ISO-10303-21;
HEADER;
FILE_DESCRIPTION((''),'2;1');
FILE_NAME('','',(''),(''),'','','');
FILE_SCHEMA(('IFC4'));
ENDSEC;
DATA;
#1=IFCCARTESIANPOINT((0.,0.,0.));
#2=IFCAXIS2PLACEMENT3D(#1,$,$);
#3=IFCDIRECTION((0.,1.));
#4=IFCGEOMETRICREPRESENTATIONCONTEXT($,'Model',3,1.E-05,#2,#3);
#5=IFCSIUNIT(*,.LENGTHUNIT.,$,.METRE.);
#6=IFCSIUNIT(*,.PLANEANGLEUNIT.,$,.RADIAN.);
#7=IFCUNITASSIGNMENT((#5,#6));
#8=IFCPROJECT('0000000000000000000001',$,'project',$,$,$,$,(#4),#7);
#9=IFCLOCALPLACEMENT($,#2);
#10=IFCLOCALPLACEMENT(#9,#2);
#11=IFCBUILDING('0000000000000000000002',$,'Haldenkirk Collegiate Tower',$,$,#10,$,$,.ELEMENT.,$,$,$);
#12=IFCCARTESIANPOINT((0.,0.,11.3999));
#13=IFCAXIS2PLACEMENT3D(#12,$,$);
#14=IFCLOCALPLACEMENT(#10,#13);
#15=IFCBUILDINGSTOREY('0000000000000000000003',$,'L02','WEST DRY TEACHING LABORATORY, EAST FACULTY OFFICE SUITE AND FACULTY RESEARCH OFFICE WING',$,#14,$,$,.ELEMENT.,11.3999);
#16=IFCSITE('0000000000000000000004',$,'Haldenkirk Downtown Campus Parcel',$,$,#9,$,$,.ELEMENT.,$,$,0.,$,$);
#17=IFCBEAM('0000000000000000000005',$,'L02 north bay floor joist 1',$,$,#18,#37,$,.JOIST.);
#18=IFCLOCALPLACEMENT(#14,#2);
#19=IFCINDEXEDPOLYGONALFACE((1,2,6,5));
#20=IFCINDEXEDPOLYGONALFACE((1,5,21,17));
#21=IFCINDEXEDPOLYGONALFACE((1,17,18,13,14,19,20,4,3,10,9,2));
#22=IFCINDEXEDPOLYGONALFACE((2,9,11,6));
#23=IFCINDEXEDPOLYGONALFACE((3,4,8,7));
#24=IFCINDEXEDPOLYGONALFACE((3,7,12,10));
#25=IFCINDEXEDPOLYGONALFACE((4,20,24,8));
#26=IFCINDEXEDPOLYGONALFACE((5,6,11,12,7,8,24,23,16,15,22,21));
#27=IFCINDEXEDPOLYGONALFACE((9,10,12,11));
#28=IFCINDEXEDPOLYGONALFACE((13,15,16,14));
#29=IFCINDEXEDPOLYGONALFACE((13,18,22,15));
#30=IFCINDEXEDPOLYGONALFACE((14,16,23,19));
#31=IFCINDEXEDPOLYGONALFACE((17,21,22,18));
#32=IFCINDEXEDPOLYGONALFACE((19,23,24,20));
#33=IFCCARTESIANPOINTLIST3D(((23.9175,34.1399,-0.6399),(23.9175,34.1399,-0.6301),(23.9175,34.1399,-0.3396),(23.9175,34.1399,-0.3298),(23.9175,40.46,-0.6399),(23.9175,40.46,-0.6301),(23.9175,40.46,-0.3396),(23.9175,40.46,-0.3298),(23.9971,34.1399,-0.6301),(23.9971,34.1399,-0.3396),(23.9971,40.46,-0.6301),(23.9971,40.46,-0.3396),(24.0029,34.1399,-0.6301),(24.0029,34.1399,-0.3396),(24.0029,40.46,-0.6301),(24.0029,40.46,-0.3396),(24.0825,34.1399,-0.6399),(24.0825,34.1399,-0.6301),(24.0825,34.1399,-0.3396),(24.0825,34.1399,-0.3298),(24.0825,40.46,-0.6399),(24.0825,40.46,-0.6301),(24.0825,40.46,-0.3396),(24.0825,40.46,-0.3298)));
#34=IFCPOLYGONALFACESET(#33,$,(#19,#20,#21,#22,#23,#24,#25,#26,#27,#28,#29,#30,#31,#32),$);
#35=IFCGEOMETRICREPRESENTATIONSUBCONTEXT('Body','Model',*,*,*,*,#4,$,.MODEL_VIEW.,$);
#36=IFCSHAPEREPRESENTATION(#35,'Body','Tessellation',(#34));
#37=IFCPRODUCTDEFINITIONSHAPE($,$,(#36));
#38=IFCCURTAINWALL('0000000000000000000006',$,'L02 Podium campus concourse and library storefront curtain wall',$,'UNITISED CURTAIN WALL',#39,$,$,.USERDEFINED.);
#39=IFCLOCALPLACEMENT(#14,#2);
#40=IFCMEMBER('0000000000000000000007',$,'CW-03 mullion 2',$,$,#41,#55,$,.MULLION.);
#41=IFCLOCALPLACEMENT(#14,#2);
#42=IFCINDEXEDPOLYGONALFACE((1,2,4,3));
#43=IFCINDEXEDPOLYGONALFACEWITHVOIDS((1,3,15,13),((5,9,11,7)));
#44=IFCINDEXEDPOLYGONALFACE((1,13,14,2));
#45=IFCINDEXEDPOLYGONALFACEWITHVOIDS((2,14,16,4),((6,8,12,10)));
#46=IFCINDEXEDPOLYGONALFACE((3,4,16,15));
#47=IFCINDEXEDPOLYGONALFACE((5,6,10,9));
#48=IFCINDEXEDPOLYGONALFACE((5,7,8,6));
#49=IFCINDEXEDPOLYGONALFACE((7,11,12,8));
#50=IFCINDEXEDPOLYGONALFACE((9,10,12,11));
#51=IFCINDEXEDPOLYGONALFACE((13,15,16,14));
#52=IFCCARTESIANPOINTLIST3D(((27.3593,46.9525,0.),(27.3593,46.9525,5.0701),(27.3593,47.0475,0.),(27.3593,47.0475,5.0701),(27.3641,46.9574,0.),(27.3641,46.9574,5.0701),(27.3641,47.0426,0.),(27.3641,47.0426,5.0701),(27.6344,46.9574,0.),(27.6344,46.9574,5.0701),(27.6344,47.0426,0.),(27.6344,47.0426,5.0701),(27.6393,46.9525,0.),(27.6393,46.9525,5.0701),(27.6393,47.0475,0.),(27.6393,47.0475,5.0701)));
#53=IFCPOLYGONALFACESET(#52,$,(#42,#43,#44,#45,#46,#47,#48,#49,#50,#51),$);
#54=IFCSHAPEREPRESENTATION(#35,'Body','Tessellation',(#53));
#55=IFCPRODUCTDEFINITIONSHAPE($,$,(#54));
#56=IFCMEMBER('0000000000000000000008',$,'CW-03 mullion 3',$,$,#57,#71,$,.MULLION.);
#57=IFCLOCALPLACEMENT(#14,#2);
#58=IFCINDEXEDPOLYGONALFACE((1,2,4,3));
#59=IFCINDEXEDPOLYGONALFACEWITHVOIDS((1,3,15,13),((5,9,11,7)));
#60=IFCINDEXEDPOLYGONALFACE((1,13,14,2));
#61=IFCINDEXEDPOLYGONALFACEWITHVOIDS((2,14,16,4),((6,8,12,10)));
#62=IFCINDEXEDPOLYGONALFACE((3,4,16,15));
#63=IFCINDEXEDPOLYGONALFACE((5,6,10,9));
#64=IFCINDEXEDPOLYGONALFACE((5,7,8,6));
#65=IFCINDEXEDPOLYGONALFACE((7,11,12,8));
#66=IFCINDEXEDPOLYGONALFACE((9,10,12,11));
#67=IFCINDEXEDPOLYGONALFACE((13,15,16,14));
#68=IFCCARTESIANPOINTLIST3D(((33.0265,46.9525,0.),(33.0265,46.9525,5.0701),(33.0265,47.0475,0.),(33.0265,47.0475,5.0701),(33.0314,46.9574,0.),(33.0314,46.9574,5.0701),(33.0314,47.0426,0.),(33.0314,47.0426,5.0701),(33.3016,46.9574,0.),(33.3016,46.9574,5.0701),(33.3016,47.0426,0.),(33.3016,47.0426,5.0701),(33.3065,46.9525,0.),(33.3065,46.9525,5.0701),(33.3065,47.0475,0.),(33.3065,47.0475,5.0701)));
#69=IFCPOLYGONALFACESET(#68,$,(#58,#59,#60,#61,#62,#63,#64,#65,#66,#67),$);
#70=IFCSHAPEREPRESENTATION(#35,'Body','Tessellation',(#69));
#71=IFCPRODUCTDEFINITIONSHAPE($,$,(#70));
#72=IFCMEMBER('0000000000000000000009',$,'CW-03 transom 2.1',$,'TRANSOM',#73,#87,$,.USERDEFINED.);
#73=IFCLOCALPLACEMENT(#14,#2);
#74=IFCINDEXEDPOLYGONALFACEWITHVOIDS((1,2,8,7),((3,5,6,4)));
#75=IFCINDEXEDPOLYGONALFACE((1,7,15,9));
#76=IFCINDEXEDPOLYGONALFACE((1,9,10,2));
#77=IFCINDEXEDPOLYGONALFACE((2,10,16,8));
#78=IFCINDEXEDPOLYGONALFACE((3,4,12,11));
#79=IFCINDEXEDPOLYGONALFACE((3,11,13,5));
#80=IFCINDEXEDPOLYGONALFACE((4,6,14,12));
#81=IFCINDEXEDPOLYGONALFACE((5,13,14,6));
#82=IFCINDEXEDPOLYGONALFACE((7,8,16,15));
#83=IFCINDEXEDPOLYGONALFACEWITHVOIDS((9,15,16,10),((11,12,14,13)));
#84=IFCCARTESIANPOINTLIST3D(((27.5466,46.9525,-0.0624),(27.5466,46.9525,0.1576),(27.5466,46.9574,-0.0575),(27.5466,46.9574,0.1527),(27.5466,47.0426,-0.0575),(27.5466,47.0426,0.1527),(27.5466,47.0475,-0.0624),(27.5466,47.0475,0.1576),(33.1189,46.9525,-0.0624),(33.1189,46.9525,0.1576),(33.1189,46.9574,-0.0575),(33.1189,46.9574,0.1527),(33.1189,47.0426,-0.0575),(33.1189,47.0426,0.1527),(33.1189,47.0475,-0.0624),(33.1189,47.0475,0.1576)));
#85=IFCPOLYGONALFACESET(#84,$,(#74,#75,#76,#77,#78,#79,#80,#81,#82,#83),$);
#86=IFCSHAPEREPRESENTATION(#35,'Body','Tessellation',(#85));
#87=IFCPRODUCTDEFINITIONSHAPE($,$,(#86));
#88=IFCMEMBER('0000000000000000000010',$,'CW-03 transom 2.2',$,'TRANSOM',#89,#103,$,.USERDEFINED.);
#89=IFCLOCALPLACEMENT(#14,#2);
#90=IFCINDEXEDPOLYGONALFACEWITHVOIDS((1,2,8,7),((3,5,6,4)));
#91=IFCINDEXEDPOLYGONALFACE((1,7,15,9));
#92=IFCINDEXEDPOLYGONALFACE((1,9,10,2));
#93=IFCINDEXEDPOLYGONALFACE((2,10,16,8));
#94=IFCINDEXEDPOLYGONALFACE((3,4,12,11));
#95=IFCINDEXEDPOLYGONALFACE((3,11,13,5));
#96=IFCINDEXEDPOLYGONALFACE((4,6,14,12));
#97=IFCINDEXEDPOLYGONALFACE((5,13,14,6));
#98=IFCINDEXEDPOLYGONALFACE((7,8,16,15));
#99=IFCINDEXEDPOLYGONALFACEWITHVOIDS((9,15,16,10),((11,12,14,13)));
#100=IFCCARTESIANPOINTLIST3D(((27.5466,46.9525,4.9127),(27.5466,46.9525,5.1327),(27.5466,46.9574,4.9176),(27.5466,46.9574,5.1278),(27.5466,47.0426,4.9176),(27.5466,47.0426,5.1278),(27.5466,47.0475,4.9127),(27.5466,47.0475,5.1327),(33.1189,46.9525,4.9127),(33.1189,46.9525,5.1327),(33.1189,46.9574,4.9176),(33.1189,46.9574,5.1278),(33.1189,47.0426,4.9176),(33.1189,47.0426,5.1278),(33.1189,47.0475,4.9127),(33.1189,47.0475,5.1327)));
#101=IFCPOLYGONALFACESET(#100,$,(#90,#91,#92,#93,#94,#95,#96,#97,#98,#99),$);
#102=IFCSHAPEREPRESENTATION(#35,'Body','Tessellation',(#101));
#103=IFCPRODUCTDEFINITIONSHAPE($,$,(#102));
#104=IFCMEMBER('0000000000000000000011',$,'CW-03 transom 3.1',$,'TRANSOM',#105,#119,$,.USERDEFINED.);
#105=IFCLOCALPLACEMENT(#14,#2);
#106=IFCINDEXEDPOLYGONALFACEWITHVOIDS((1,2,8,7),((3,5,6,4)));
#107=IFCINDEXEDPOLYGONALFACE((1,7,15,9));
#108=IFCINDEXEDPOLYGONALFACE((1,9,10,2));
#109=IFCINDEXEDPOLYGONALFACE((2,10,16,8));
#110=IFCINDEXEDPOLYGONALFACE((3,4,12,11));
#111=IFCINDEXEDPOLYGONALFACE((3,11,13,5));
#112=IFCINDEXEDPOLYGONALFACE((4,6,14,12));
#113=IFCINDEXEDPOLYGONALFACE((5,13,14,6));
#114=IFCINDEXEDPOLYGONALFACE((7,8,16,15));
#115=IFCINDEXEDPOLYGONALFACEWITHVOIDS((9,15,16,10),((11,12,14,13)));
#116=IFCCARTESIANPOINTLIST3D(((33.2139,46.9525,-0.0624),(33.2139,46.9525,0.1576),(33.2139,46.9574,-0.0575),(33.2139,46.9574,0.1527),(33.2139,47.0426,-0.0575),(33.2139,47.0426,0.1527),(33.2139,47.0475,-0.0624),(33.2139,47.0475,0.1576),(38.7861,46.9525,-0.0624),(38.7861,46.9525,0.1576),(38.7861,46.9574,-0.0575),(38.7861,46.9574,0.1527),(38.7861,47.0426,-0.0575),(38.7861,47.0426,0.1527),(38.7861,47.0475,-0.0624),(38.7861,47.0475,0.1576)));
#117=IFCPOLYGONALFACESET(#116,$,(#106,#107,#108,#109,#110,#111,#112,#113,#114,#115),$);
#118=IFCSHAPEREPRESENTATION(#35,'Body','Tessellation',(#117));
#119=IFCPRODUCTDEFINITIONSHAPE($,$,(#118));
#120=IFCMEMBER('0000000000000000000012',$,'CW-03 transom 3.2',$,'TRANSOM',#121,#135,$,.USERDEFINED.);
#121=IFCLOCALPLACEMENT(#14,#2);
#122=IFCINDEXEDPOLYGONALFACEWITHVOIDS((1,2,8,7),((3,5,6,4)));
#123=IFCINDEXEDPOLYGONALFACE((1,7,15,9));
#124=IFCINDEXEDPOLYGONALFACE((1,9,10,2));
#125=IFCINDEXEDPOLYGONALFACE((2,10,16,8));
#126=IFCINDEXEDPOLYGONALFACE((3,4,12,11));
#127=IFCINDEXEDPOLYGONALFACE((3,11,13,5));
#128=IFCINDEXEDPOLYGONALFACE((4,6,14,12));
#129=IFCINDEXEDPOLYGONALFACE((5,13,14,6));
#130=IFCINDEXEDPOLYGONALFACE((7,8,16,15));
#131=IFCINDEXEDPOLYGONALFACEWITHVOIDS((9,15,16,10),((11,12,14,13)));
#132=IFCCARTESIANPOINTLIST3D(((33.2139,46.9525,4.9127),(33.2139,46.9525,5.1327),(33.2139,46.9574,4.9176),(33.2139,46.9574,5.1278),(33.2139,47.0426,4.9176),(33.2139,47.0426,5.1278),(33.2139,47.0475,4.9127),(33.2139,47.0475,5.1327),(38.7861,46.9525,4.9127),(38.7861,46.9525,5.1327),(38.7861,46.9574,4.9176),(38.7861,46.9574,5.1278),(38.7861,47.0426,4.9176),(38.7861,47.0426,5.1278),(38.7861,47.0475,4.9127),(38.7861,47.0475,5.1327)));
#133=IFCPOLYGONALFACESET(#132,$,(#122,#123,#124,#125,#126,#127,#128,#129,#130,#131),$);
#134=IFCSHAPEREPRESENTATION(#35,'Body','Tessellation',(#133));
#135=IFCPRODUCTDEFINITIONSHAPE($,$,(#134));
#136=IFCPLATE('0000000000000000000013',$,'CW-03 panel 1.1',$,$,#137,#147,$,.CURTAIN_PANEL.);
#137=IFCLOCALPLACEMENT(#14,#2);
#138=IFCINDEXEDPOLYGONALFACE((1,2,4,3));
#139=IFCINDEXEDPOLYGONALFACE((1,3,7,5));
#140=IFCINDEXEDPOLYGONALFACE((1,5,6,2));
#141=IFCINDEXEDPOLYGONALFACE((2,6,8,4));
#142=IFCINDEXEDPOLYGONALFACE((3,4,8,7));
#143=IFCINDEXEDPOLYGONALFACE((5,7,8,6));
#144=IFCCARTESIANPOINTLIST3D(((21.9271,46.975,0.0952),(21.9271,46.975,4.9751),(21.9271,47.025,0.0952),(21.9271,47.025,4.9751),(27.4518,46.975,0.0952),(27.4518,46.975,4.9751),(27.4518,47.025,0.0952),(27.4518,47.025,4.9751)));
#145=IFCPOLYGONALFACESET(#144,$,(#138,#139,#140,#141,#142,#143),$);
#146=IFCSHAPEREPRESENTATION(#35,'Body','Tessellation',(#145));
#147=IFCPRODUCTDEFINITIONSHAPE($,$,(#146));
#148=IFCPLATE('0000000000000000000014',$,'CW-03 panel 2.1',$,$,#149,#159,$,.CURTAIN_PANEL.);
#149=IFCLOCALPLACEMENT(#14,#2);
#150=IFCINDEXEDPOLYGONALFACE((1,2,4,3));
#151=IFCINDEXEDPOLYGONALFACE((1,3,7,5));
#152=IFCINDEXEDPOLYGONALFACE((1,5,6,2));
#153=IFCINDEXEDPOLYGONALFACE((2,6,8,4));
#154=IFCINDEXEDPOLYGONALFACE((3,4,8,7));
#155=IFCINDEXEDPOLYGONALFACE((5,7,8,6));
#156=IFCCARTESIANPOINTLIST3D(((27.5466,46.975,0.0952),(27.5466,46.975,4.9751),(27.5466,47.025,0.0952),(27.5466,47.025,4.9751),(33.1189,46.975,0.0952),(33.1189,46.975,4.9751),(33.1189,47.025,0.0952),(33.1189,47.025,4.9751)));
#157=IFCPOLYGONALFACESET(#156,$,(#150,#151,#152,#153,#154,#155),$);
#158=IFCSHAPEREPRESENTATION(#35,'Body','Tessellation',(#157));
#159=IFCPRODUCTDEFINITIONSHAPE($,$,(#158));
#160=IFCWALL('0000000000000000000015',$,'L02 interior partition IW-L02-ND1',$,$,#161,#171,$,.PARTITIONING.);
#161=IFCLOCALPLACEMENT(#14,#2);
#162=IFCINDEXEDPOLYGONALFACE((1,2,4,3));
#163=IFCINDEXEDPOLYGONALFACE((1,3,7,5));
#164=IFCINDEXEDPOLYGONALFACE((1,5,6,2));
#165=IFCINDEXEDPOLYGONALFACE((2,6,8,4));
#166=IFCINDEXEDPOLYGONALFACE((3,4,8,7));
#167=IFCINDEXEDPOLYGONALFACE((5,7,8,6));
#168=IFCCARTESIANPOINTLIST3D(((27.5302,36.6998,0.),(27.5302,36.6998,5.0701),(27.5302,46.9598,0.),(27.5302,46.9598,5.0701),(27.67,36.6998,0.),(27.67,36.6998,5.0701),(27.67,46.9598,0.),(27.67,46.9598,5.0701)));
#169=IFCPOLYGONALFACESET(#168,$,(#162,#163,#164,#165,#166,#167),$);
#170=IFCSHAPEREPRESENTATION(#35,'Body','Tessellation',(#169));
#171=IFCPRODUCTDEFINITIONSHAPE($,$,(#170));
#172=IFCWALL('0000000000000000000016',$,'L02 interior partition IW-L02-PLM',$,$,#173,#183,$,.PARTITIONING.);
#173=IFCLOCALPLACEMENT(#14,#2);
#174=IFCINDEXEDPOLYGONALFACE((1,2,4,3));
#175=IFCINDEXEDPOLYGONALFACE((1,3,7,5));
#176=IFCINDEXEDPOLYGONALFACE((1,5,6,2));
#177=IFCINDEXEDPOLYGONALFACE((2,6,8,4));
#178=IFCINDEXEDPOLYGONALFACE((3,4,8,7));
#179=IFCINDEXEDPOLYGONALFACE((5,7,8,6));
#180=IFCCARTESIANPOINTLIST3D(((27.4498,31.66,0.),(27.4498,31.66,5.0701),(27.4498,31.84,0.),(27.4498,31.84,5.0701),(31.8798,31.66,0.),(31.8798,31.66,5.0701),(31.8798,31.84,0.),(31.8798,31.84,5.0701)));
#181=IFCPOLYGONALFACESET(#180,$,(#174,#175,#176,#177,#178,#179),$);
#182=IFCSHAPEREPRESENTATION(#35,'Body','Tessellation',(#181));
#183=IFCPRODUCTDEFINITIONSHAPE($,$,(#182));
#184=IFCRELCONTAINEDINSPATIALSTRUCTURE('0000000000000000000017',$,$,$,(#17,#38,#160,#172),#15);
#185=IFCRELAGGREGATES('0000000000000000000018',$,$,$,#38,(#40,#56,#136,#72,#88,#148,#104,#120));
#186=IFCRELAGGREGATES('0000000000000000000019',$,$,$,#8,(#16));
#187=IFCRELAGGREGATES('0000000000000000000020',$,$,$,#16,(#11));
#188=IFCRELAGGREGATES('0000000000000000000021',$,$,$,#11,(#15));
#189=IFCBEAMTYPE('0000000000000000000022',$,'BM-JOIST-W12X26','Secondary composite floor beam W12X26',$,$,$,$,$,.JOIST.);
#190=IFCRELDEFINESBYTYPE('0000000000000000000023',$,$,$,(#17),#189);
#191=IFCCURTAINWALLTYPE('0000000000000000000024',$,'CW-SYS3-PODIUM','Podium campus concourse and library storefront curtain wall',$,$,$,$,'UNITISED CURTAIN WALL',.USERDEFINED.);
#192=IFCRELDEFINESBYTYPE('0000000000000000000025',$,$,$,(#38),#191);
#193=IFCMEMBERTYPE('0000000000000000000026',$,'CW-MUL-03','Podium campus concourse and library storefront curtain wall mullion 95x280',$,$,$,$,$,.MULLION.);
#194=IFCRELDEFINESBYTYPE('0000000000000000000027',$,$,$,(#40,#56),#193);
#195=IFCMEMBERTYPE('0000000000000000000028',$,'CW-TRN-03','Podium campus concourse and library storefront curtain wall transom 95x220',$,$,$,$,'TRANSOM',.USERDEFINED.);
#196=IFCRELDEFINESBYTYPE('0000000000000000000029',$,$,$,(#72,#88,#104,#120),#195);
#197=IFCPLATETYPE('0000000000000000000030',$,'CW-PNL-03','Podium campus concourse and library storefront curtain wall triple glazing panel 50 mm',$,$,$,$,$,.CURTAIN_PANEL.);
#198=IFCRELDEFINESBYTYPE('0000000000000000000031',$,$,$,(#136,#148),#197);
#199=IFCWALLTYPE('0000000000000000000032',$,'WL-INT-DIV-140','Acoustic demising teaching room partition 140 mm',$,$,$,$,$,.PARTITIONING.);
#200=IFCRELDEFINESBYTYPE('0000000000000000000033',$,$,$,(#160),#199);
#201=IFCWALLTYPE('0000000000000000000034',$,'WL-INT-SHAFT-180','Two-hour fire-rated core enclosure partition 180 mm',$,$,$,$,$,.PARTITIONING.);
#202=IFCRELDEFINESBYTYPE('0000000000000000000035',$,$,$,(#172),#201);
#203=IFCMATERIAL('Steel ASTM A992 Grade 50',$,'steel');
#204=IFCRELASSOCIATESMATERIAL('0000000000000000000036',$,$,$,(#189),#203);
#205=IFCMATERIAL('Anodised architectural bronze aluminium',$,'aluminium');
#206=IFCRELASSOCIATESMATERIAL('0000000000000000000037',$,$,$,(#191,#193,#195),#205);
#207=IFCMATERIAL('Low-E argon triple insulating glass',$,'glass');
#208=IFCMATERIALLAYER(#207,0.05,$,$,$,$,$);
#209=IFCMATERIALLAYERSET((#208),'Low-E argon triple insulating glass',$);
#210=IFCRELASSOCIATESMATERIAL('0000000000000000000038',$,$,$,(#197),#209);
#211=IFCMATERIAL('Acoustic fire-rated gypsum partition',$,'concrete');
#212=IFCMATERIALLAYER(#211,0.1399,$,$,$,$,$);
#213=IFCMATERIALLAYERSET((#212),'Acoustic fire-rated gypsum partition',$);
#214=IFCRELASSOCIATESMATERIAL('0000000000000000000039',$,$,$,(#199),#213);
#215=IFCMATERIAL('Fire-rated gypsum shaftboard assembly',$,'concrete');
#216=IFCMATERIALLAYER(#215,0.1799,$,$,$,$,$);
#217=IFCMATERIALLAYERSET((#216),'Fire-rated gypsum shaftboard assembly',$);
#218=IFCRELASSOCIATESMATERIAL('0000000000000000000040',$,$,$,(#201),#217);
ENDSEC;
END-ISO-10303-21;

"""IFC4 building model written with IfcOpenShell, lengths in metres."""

from ifc_helpers import new_model, si_unit, direction, frame, frame_2d, origin, origin_2d, place, context, subcontext, project, spatial, rectangle, hollow_rectangle, i_section, extrude, source, transform, mapped, material, layer, layer_set, material_profile, profile_set, type_object, element, aggregate, save


model = new_model("IFC4")

# Units and contexts
model_context = context("Model", 3, precision=1e-05, world=origin(), true_north=direction((0.0, 1.0)))
body_context = subcontext(model_context, "Body", "Model", "MODEL_VIEW")
ifc_project = project(units=[si_unit("LENGTHUNIT", "METRE"), si_unit("PLANEANGLEUNIT", "RADIAN")], contexts=[model_context])

# Site, building, storey
site_placement = place(None, origin())
site = spatial("IfcSite", under=ifc_project, at=site_placement, Name="Haldenkirk Downtown Campus Parcel", CompositionType="ELEMENT", RefElevation=0.0)
building_placement = place(site_placement, origin())
building = spatial("IfcBuilding", under=site, at=building_placement, Name="Haldenkirk Collegiate Tower", CompositionType="ELEMENT")
storey_placement = place(building_placement, frame((0.0, 0.0, 11.3999)))
storey = spatial("IfcBuildingStorey", under=building, at=storey_placement, Name="L02", Description="WEST DRY TEACHING LABORATORY, EAST FACULTY OFFICE SUITE AND FACULTY RESEARCH OFFICE WING", CompositionType="ELEMENT", Elevation=11.3999)

# Beam
ifc_material_1 = material(Name="Steel ASTM A992 Grade 50", Category="steel")
ifc_material_profile_1 = material_profile(ifc_material_1, i_section(OverallWidth=0.165, OverallDepth=0.3101, WebThickness=0.0059, FlangeThickness=0.0098, at=origin_2d()), Name="W12X26")
ifc_profile_set_1 = profile_set([ifc_material_profile_1], Name="Steel ASTM A992 Grade 50")
beam_type = type_object("IfcBeamType", Name="BM-JOIST-W12X26", Description="Secondary composite floor beam W12X26", PredefinedType="JOIST", material=ifc_profile_set_1)
beam_placement = place(storey_placement, frame((24.0, 34.1399, -0.4849), z_axis=(0.0, 1.0, 0.0), x_axis=(-1.0, 0.0, 0.0)))
element("IfcBeam", 1, at=beam_placement, inside=storey, type_object=beam_type, Name="L02 north bay floor joist 1", PredefinedType="JOIST", context=body_context, shape_type="SweptSolid", body=[
    extrude(i_section(OverallWidth=0.165, OverallDepth=0.3101, WebThickness=0.0059, FlangeThickness=0.0098, at=origin_2d()), origin(), (0.0, 0.0, 1.0), 6.3201),
])

# Curtain wall, members, plates
ifc_material_2 = material(Name="Anodised architectural bronze aluminium", Category="aluminium")
curtain_wall_type = type_object("IfcCurtainWallType", Name="CW-SYS3-PODIUM", Description="Podium campus concourse and library storefront curtain wall", ElementType="UNITISED CURTAIN WALL", PredefinedType="USERDEFINED", material=ifc_material_2)
curtain_wall_placement = place(storey_placement, origin())
curtain_wall = element("IfcCurtainWall", 2, at=curtain_wall_placement, inside=storey, type_object=curtain_wall_type, Name="L02 Podium campus concourse and library storefront curtain wall", ObjectType="UNITISED CURTAIN WALL", PredefinedType="USERDEFINED")
ifc_material_profile_2 = material_profile(ifc_material_2, hollow_rectangle(XDim=0.095, YDim=0.28, WallThickness=0.0049, at=origin_2d()), Name="CW-MUL-03")
ifc_profile_set_2 = profile_set([ifc_material_profile_2], Name="Anodised architectural bronze aluminium")
member_type_1 = type_object("IfcMemberType", Name="CW-MUL-03", Description="Podium campus concourse and library storefront curtain wall mullion 95x280", PredefinedType="MULLION", material=ifc_profile_set_2)
member_1_placement = place(storey_placement, frame((27.4993, 47.0, 0.0), z_axis=(0.0, 0.0, 1.0), x_axis=(0.0, 1.0, 0.0)))
member_1 = element("IfcMember", 3, at=member_1_placement, type_object=member_type_1, Name="CW-03 mullion 2", PredefinedType="MULLION", context=body_context, shape_type="SweptSolid", body=[
    extrude(hollow_rectangle(XDim=0.095, YDim=0.28, WallThickness=0.0049, at=origin_2d()), origin(), (0.0, 0.0, 1.0), 5.0701),
])
member_2_placement = place(storey_placement, frame((33.1665, 47.0, 0.0), z_axis=(0.0, 0.0, 1.0), x_axis=(0.0, 1.0, 0.0)))
member_2 = element("IfcMember", 4, at=member_2_placement, type_object=member_type_1, Name="CW-03 mullion 3", PredefinedType="MULLION", context=body_context, shape_type="SweptSolid", body=[
    extrude(hollow_rectangle(XDim=0.095, YDim=0.28, WallThickness=0.0049, at=origin_2d()), origin(), (0.0, 0.0, 1.0), 5.0701),
])
ifc_material_profile_3 = material_profile(ifc_material_2, hollow_rectangle(XDim=0.095, YDim=0.22, WallThickness=0.0049, at=origin_2d()), Name="CW-TRN-03")
ifc_profile_set_3 = profile_set([ifc_material_profile_3], Name="Anodised architectural bronze aluminium")
member_type_2 = type_object("IfcMemberType", Name="CW-TRN-03", Description="Podium campus concourse and library storefront curtain wall transom 95x220", ElementType="TRANSOM", PredefinedType="USERDEFINED", material=ifc_profile_set_3)
member_3_placement = place(storey_placement, frame((27.5466, 47.0, 0.0476), z_axis=(1.0, 0.0, 0.0), x_axis=(0.0, 1.0, 0.0)))
member_3 = element("IfcMember", 5, at=member_3_placement, type_object=member_type_2, Name="CW-03 transom 2.1", ObjectType="TRANSOM", PredefinedType="USERDEFINED", context=body_context, shape_type="SweptSolid", body=[
    extrude(hollow_rectangle(XDim=0.095, YDim=0.22, WallThickness=0.0049, at=origin_2d()), origin(), (0.0, 0.0, 1.0), 5.5723),
])
member_4_placement = place(storey_placement, frame((27.5466, 47.0, 5.0227), z_axis=(1.0, 0.0, 0.0), x_axis=(0.0, 1.0, 0.0)))
member_4 = element("IfcMember", 6, at=member_4_placement, type_object=member_type_2, Name="CW-03 transom 2.2", ObjectType="TRANSOM", PredefinedType="USERDEFINED", context=body_context, shape_type="SweptSolid", body=[
    extrude(hollow_rectangle(XDim=0.095, YDim=0.22, WallThickness=0.0049, at=origin_2d()), origin(), (0.0, 0.0, 1.0), 5.5723),
])
member_5_placement = place(storey_placement, frame((33.2139, 47.0, 0.0476), z_axis=(1.0, 0.0, 0.0), x_axis=(0.0, 1.0, 0.0)))
member_5 = element("IfcMember", 7, at=member_5_placement, type_object=member_type_2, Name="CW-03 transom 3.1", ObjectType="TRANSOM", PredefinedType="USERDEFINED", context=body_context, shape_type="SweptSolid", body=[
    extrude(hollow_rectangle(XDim=0.095, YDim=0.22, WallThickness=0.0049, at=origin_2d()), origin(), (0.0, 0.0, 1.0), 5.5723),
])
member_6_placement = place(storey_placement, frame((33.2139, 47.0, 5.0227), z_axis=(1.0, 0.0, 0.0), x_axis=(0.0, 1.0, 0.0)))
member_6 = element("IfcMember", 8, at=member_6_placement, type_object=member_type_2, Name="CW-03 transom 3.2", ObjectType="TRANSOM", PredefinedType="USERDEFINED", context=body_context, shape_type="SweptSolid", body=[
    extrude(hollow_rectangle(XDim=0.095, YDim=0.22, WallThickness=0.0049, at=origin_2d()), origin(), (0.0, 0.0, 1.0), 5.5723),
])
ifc_material_3 = material(Name="Low-E argon triple insulating glass", Category="glass")
ifc_layer_1 = layer(ifc_material_3, 0.05)
ifc_layer_set_1 = layer_set([ifc_layer_1], Name="Low-E argon triple insulating glass")
plate_type = type_object("IfcPlateType", Name="CW-PNL-03", Description="Podium campus concourse and library storefront curtain wall triple glazing panel 50 mm", PredefinedType="CURTAIN_PANEL", material=ifc_layer_set_1)
shared_shape_1 = source(origin(), body_context, "Body", "SweptSolid", [
    extrude(rectangle(XDim=5.5247, YDim=0.05, at=origin_2d()), origin(), (0.0, 0.0, 1.0), 4.8799),
])
plate_1_placement = place(storey_placement, frame((24.6895, 47.0, 0.0952), z_axis=(0.0, 0.0, 1.0), x_axis=(1.0, 0.0, 0.0)))
plate_1 = element("IfcPlate", 9, at=plate_1_placement, type_object=plate_type, Name="CW-03 panel 1.1", PredefinedType="CURTAIN_PANEL", context=body_context, shape_type="MappedRepresentation", body=[
    mapped(shared_shape_1, transform((0.0, 0.0, 0.0), x_axis=(1.0, 0.0, 0.0), y_axis=(0.0, 1.0, 0.0), z_axis=(0.0, 0.0, 1.0), scale=1.0)),
])
shared_shape_2 = source(origin(), body_context, "Body", "SweptSolid", [
    extrude(rectangle(XDim=5.5723, YDim=0.05, at=origin_2d()), origin(), (0.0, 0.0, 1.0), 4.8799),
])
plate_2_placement = place(storey_placement, frame((30.3328, 47.0, 0.0952), z_axis=(0.0, 0.0, 1.0), x_axis=(1.0, 0.0, 0.0)))
plate_2 = element("IfcPlate", 10, at=plate_2_placement, type_object=plate_type, Name="CW-03 panel 2.1", PredefinedType="CURTAIN_PANEL", context=body_context, shape_type="MappedRepresentation", body=[
    mapped(shared_shape_2, transform((0.0, 0.0, 0.0), x_axis=(1.0, 0.0, 0.0), y_axis=(0.0, 1.0, 0.0), z_axis=(0.0, 0.0, 1.0), scale=1.0)),
])
aggregate(curtain_wall, [member_1, member_2, plate_1, member_3, member_4, plate_2, member_5, member_6])

# Walls
ifc_material_4 = material(Name="Acoustic fire-rated gypsum partition", Category="concrete")
ifc_layer_2 = layer(ifc_material_4, 0.1399)
ifc_layer_set_2 = layer_set([ifc_layer_2], Name="Acoustic fire-rated gypsum partition")
wall_type_1 = type_object("IfcWallType", Name="WL-INT-DIV-140", Description="Acoustic demising teaching room partition 140 mm", PredefinedType="PARTITIONING", material=ifc_layer_set_2)
wall_1_placement = place(storey_placement, frame((27.6001, 36.7, 0.0), z_axis=(0.0, 0.0, 1.0), x_axis=(0.0, 1.0, 0.0)))
element("IfcWall", 11, at=wall_1_placement, inside=storey, type_object=wall_type_1, Name="L02 interior partition IW-L02-ND1", PredefinedType="PARTITIONING", context=body_context, shape_type="SweptSolid", body=[
    extrude(rectangle(XDim=10.26, YDim=0.1399, at=frame_2d((5.1299, 0.0))), origin(), (0.0, 0.0, 1.0), 5.0701),
])
ifc_material_5 = material(Name="Fire-rated gypsum shaftboard assembly", Category="concrete")
ifc_layer_3 = layer(ifc_material_5, 0.1799)
ifc_layer_set_3 = layer_set([ifc_layer_3], Name="Fire-rated gypsum shaftboard assembly")
wall_type_2 = type_object("IfcWallType", Name="WL-INT-SHAFT-180", Description="Two-hour fire-rated core enclosure partition 180 mm", PredefinedType="PARTITIONING", material=ifc_layer_set_3)
wall_2_placement = place(storey_placement, frame((27.45, 31.75, 0.0), z_axis=(0.0, 0.0, 1.0), x_axis=(1.0, 0.0, 0.0)))
element("IfcWall", 12, at=wall_2_placement, inside=storey, type_object=wall_type_2, Name="L02 interior partition IW-L02-PLM", PredefinedType="PARTITIONING", context=body_context, shape_type="SweptSolid", body=[
    extrude(rectangle(XDim=4.4299, YDim=0.1799, at=frame_2d((2.2148, 0.0))), origin(), (0.0, 0.0, 1.0), 5.0701),
])

save(model, "model.ifc")
